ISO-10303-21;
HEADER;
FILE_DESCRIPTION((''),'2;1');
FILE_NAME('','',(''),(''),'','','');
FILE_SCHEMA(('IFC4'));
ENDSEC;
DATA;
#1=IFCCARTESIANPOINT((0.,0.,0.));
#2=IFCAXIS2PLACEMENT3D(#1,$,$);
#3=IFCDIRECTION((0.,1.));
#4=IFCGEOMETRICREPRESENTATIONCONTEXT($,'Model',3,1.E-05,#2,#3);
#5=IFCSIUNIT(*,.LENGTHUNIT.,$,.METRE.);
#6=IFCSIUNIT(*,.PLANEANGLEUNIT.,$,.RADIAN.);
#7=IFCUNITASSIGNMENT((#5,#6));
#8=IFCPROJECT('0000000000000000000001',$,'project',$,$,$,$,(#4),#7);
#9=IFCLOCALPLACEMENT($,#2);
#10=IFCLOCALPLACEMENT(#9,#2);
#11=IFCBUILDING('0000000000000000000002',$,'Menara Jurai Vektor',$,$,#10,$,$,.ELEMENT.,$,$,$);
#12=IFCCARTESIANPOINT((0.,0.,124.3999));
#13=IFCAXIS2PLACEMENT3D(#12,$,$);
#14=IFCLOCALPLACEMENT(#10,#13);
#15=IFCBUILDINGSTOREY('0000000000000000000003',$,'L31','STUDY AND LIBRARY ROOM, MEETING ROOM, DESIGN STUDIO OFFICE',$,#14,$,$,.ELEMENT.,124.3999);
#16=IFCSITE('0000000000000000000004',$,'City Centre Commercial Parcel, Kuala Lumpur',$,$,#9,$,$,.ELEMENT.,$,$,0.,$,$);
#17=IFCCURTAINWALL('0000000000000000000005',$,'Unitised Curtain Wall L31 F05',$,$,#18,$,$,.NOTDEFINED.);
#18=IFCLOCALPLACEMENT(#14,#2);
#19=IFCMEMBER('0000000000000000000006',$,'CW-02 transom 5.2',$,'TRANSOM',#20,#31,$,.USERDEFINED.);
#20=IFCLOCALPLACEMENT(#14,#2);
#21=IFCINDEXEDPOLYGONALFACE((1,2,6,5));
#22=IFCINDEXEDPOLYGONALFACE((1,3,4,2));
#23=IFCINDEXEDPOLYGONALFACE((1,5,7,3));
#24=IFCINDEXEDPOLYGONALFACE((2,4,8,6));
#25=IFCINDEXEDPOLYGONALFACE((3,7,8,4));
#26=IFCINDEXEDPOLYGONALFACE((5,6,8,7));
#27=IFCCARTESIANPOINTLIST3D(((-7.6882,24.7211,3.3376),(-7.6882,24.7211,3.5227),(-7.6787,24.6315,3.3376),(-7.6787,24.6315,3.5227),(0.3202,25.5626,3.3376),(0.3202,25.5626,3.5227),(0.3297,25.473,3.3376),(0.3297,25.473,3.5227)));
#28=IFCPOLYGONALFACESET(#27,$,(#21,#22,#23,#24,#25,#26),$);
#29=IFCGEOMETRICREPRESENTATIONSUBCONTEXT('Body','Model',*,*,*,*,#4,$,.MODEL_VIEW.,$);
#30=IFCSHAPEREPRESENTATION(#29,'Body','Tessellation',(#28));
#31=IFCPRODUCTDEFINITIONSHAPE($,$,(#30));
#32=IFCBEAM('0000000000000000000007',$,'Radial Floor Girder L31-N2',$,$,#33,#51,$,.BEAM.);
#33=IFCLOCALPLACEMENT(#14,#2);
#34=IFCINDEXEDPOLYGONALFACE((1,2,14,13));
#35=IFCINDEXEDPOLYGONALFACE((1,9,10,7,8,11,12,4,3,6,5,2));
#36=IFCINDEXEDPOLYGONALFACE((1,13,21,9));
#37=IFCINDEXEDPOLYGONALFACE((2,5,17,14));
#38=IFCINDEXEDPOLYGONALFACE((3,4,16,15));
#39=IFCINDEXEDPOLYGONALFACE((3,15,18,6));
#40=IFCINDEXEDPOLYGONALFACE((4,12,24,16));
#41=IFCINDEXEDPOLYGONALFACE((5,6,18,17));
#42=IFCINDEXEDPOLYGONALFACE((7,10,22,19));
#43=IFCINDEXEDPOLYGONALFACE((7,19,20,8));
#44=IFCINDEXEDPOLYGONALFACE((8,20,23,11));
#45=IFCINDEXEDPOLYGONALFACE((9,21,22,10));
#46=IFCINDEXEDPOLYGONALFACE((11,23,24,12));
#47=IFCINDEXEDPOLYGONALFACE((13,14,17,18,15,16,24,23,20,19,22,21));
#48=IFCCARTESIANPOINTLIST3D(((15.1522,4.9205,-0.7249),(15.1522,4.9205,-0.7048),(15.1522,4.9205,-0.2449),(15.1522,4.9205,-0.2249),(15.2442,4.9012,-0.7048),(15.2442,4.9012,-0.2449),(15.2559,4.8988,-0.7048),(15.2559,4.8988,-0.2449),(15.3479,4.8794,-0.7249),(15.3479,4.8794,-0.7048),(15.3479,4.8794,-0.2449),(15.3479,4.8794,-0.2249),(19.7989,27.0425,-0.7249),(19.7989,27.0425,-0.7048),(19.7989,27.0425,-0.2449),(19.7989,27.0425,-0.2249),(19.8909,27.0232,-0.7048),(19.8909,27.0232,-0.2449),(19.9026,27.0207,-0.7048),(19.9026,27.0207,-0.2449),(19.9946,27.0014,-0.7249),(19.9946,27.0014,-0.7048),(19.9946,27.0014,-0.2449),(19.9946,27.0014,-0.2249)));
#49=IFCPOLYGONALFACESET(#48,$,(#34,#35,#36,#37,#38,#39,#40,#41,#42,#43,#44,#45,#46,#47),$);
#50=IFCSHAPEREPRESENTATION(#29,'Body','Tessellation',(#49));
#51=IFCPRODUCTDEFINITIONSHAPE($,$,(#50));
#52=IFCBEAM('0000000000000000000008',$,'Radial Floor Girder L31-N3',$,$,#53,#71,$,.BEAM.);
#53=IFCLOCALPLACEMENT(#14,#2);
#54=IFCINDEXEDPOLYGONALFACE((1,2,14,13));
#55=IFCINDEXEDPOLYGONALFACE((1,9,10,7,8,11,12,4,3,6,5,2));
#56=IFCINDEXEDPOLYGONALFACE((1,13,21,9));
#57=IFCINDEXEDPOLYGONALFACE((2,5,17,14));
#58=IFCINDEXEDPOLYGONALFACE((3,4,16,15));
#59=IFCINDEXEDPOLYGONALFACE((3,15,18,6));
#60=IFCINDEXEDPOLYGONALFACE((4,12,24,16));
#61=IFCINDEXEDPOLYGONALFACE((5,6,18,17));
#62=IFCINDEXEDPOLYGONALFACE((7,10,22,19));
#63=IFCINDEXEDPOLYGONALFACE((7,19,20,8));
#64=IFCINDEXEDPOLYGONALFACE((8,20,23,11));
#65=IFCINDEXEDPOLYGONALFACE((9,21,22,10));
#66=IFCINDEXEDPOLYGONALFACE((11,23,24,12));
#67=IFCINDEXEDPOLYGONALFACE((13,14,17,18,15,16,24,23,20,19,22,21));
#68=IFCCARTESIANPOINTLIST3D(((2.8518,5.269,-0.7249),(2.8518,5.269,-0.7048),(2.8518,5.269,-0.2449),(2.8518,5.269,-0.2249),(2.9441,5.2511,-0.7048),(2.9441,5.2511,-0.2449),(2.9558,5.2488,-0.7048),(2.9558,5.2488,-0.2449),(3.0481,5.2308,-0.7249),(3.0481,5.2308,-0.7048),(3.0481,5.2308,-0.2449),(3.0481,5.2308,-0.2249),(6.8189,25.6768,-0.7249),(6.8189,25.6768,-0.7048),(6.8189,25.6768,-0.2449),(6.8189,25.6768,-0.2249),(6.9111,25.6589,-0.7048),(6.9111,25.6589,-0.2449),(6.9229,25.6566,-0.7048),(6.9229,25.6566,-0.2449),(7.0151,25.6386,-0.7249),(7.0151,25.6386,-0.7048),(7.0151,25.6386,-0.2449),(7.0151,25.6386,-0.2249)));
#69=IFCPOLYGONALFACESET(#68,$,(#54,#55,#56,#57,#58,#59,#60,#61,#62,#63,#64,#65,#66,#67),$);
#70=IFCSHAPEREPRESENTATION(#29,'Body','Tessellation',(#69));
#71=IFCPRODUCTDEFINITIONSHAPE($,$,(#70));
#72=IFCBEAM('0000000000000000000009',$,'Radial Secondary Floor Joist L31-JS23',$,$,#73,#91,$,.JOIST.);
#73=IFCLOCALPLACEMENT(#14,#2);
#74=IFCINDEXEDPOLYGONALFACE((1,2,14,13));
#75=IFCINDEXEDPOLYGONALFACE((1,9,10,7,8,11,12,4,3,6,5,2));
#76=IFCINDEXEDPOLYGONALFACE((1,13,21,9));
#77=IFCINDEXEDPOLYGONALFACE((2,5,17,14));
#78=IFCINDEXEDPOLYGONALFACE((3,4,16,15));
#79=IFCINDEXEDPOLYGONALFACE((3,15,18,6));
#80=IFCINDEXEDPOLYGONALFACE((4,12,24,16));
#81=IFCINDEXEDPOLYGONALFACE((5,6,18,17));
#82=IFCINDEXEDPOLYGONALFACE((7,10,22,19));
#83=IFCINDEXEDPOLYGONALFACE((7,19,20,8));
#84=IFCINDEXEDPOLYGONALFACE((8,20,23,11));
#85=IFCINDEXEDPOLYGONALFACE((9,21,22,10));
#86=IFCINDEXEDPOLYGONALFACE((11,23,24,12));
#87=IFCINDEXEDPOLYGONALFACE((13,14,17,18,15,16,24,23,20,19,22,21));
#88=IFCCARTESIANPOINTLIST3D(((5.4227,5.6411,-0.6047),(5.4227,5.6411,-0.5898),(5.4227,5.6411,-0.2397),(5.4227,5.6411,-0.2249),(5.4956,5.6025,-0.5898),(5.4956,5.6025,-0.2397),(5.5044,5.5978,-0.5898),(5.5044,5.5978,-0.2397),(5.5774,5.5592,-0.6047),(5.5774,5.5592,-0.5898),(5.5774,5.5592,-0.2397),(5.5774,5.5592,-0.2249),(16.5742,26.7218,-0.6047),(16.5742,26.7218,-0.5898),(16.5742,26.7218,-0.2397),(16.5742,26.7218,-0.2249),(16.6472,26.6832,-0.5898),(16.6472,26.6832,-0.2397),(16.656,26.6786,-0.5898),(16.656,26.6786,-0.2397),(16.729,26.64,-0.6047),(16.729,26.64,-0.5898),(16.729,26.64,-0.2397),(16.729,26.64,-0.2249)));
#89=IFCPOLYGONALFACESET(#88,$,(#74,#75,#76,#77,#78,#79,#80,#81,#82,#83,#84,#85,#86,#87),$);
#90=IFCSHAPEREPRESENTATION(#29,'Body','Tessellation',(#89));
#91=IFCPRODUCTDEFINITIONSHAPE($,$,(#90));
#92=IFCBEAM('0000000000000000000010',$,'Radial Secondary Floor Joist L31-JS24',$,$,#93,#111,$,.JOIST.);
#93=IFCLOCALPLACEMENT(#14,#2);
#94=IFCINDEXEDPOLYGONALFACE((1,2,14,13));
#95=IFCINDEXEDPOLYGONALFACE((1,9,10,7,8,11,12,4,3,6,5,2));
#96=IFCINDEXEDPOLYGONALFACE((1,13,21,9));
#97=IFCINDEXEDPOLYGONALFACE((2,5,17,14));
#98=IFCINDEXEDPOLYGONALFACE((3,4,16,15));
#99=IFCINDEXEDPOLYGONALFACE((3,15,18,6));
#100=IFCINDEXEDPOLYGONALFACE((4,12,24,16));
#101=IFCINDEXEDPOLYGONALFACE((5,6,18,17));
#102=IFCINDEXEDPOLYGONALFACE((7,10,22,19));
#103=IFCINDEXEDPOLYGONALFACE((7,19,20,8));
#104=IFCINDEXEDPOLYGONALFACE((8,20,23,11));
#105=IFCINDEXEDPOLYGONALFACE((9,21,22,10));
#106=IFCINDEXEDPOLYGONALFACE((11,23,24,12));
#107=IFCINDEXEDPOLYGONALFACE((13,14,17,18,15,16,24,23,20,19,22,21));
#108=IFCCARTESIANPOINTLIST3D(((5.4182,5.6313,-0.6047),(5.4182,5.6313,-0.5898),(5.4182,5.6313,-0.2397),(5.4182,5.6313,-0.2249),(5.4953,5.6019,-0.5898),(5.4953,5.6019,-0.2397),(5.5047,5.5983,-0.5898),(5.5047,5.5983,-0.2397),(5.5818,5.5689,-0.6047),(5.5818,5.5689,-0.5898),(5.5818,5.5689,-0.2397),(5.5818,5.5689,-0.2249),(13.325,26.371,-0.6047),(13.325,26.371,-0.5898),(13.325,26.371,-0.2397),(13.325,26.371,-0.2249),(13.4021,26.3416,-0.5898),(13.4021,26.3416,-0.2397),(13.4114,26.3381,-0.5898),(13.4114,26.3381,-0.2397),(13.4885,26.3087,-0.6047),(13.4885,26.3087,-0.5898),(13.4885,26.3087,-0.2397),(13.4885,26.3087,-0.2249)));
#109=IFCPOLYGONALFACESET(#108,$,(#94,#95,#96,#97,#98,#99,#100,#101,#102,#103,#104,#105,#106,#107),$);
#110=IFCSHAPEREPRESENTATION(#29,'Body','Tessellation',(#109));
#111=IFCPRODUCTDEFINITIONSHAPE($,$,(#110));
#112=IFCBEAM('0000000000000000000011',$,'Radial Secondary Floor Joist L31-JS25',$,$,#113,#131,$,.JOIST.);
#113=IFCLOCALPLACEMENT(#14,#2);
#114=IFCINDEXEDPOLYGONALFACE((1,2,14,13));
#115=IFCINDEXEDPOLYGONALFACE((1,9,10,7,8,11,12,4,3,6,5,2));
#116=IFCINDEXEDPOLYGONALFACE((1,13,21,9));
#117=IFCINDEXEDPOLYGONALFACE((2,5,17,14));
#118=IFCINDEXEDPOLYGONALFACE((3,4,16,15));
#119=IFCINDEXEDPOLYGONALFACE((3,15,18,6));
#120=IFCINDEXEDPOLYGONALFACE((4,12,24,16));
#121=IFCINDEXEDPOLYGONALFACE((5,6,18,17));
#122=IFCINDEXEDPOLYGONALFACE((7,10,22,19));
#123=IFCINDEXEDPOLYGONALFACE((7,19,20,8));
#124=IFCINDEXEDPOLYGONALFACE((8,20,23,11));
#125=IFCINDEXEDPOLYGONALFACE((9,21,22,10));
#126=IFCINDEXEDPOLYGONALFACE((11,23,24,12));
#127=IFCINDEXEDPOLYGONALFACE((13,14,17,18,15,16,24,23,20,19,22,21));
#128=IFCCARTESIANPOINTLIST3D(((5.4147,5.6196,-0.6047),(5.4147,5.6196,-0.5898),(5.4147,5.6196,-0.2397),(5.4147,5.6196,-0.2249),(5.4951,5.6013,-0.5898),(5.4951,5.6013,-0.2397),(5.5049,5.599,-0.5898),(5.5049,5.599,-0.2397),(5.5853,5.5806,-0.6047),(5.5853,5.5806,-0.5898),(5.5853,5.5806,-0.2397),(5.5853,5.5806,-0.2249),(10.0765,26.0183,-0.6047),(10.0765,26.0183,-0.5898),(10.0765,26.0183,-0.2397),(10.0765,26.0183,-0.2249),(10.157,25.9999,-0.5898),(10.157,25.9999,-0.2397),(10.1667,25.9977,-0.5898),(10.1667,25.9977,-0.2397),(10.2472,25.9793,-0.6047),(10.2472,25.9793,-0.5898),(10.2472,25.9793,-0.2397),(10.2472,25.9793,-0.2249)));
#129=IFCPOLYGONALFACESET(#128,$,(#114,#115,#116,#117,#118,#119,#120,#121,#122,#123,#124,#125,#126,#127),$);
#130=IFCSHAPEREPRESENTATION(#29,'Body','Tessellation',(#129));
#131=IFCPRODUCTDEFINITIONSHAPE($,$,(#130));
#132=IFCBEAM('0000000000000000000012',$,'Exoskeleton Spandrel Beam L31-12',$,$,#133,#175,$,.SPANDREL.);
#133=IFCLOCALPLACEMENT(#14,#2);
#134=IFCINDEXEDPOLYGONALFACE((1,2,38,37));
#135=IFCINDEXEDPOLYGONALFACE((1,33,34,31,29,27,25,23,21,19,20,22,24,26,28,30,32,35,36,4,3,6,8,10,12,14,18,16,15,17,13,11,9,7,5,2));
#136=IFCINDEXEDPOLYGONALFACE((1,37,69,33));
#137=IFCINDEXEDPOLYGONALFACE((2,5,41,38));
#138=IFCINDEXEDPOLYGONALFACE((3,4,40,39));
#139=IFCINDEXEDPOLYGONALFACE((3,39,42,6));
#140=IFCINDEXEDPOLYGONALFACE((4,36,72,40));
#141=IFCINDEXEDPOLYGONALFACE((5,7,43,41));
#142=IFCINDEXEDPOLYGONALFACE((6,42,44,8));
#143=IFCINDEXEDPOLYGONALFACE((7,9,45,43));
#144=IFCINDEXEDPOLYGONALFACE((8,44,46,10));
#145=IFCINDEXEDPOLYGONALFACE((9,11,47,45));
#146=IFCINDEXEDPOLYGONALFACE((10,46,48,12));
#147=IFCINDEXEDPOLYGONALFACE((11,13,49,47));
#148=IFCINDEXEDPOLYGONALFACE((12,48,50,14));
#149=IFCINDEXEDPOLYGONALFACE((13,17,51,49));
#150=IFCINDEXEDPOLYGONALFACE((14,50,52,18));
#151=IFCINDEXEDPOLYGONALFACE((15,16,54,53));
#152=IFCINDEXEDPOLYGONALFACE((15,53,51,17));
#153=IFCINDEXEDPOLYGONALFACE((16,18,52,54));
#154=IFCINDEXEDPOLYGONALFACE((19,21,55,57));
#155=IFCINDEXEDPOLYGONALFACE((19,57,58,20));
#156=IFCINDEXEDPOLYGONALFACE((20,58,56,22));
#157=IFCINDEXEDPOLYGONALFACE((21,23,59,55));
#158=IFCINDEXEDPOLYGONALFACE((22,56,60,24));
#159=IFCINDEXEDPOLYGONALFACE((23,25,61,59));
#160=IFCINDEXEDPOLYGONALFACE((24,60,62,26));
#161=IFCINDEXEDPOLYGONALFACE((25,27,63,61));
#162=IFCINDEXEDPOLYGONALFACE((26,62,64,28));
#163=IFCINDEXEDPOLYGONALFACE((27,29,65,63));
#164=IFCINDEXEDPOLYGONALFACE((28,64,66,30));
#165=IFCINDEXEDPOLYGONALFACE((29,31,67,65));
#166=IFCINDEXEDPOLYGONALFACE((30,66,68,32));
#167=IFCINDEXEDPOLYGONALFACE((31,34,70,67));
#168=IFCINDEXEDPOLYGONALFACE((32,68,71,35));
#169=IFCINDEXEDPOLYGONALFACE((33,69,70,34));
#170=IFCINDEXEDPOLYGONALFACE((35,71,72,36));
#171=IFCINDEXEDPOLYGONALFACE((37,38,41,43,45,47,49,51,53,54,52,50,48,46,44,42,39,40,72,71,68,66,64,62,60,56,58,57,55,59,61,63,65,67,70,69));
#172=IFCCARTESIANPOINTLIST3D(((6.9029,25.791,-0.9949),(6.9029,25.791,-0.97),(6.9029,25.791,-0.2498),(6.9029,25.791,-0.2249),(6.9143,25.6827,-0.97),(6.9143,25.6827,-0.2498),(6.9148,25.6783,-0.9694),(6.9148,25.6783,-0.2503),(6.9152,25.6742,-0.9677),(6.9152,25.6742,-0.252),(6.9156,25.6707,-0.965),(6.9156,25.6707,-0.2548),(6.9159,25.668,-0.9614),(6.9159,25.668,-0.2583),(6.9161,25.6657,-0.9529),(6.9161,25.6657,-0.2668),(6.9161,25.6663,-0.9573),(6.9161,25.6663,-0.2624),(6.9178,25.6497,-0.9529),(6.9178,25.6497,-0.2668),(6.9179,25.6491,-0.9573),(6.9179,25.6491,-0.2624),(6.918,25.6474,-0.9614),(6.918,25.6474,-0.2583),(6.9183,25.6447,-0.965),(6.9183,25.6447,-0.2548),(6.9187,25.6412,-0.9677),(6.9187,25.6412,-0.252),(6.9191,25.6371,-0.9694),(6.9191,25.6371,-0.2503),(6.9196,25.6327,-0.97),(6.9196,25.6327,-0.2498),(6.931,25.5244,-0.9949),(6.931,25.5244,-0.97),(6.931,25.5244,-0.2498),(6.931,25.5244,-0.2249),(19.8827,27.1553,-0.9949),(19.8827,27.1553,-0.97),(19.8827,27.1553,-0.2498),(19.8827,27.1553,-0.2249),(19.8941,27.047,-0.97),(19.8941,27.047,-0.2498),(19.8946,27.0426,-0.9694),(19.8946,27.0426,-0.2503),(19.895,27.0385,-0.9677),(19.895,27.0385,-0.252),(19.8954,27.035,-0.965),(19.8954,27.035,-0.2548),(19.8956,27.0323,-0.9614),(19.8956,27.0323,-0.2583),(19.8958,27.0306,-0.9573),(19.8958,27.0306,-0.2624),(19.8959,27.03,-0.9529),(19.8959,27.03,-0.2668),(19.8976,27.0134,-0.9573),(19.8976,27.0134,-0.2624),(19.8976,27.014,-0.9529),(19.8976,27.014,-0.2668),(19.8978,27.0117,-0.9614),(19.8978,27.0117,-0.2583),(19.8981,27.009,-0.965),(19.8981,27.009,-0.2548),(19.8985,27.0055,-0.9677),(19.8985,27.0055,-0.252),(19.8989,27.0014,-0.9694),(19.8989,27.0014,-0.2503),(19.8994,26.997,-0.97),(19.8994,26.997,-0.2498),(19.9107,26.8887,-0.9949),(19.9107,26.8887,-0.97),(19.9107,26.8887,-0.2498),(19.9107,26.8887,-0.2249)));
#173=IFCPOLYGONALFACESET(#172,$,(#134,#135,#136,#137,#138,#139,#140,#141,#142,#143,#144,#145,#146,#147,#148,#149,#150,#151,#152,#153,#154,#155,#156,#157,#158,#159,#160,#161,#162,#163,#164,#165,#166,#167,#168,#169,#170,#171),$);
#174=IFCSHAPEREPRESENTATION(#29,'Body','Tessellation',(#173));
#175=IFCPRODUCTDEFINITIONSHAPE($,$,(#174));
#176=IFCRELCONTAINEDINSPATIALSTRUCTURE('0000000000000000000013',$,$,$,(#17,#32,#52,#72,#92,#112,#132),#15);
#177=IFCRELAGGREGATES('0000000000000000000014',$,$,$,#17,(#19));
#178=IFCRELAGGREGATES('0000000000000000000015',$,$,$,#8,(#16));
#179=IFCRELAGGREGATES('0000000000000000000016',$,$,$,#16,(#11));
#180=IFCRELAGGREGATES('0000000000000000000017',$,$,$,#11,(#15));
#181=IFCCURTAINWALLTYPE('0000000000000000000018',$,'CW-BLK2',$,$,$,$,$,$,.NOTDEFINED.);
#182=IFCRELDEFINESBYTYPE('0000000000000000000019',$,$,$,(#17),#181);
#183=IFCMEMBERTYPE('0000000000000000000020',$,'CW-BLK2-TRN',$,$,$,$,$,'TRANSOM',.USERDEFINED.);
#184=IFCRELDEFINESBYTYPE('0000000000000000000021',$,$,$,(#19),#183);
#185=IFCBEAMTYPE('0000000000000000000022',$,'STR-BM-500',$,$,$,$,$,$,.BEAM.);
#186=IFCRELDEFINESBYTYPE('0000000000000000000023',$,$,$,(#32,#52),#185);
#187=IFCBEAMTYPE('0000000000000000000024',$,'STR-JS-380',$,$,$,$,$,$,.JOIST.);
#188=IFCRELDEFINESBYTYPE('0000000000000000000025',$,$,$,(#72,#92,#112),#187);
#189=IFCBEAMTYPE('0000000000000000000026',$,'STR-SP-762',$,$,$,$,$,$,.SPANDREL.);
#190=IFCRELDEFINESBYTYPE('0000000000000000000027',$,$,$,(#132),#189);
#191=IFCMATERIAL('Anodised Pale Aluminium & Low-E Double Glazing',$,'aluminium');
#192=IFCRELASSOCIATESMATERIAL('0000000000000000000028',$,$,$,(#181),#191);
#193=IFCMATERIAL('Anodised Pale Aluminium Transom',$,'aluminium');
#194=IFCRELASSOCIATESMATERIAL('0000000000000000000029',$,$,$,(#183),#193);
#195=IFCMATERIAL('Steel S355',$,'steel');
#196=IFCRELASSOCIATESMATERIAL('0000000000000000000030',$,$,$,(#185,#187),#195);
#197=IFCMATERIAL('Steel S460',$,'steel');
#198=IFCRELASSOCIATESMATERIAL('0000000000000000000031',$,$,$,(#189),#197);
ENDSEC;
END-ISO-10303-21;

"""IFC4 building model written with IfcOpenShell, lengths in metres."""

from ifc_helpers import new_model, si_unit, direction, frame, origin, origin_2d, place, context, subcontext, project, spatial, rectangle, i_section, extrude, material, material_profile, profile_set, type_object, element, aggregate, save


model = new_model("IFC4")

# Units and contexts
model_context = context("Model", 3, precision=1e-05, world=origin(), true_north=direction((0.0, 1.0)))
body_context = subcontext(model_context, "Body", "Model", "MODEL_VIEW")
ifc_project = project(units=[si_unit("LENGTHUNIT", "METRE"), si_unit("PLANEANGLEUNIT", "RADIAN")], contexts=[model_context])

# Site, building, storey
site_placement = place(None, origin())
site = spatial("IfcSite", under=ifc_project, at=site_placement, Name="City Centre Commercial Parcel, Kuala Lumpur", CompositionType="ELEMENT", RefElevation=0.0)
building_placement = place(site_placement, origin())
building = spatial("IfcBuilding", under=site, at=building_placement, Name="Menara Jurai Vektor", CompositionType="ELEMENT")
storey_placement = place(building_placement, frame((0.0, 0.0, 124.3999)))
storey = spatial("IfcBuildingStorey", under=building, at=storey_placement, Name="L31", Description="STUDY AND LIBRARY ROOM, MEETING ROOM, DESIGN STUDIO OFFICE", CompositionType="ELEMENT", Elevation=124.3999)

# Shared definitions
ifc_material_1 = material(Name="Steel S460", Category="steel")

# Curtain wall, member
ifc_material_2 = material(Name="Anodised Pale Aluminium & Low-E Double Glazing", Category="aluminium")
curtain_wall_type = type_object("IfcCurtainWallType", Name="CW-BLK2", PredefinedType="NOTDEFINED", material=ifc_material_2)
curtain_wall_placement = place(storey_placement, origin())
curtain_wall = element("IfcCurtainWall", 1, at=curtain_wall_placement, inside=storey, type_object=curtain_wall_type, Name="Unitised Curtain Wall L31 F05", PredefinedType="NOTDEFINED")
ifc_material_3 = material(Name="Anodised Pale Aluminium Transom", Category="aluminium")
ifc_material_profile_1 = material_profile(ifc_material_3, rectangle(XDim=0.0901, YDim=0.1851, at=origin_2d()), Name="ALU TRN 90x185")
ifc_profile_set_1 = profile_set([ifc_material_profile_1], Name="Anodised Pale Aluminium Transom")
member_type_1 = type_object("IfcMemberType", Name="CW-BLK2-TRN", ElementType="TRANSOM", PredefinedType="USERDEFINED", material=ifc_profile_set_1)
member_1_placement = place(storey_placement, frame((0.325, 25.5178, 3.4302), z_axis=(-0.994524, -0.10451, 0.0), x_axis=(0.10451, -0.994524, 0.0)))
member_1 = element("IfcMember", 2, at=member_1_placement, type_object=member_type_1, Name="CW-02 transom 5.2", ObjectType="TRANSOM", PredefinedType="USERDEFINED", context=body_context, shape_type="SweptSolid", body=[
    extrude(rectangle(XDim=0.0901, YDim=0.1851, at=origin_2d()), origin(), (0.0, 0.0, 1.0), 8.0525),
])

# Beams
ifc_material_4 = material(Name="Steel S355", Category="steel")
ifc_material_profile_2 = material_profile(ifc_material_4, i_section(OverallWidth=0.2, OverallDepth=0.5, WebThickness=0.012, FlangeThickness=0.02, at=origin_2d()), Name="PG 500x200x96")
ifc_profile_set_2 = profile_set([ifc_material_profile_2], Name="Steel S355")
beam_type_1 = type_object("IfcBeamType", Name="STR-BM-500", PredefinedType="BEAM", material=ifc_profile_set_2)
beam_1_placement = place(storey_placement, frame((19.8967, 27.022, -0.4749), z_axis=(-0.205564, -0.978644, 0.0), x_axis=(0.978644, -0.205564, 0.0)))
element("IfcBeam", 3, at=beam_1_placement, inside=storey, type_object=beam_type_1, Name="Radial Floor Girder L31-N2", PredefinedType="BEAM", context=body_context, shape_type="SweptSolid", body=[
    extrude(i_section(OverallWidth=0.2, OverallDepth=0.5, WebThickness=0.012, FlangeThickness=0.02, at=origin_2d()), origin(), (0.0, 0.0, 1.0), 22.6047),
])
beam_2_placement = place(storey_placement, frame((6.917, 25.6577, -0.4749), z_axis=(-0.190817, -0.981626, 0.0), x_axis=(0.981626, -0.190817, 0.0)))
element("IfcBeam", 4, at=beam_2_placement, inside=storey, type_object=beam_type_1, Name="Radial Floor Girder L31-N3", PredefinedType="BEAM", context=body_context, shape_type="SweptSolid", body=[
    extrude(i_section(OverallWidth=0.2, OverallDepth=0.5, WebThickness=0.012, FlangeThickness=0.02, at=origin_2d()), origin(), (0.0, 0.0, 1.0), 20.7898),
])
ifc_material_profile_3 = material_profile(ifc_material_4, i_section(OverallWidth=0.175, OverallDepth=0.3799, WebThickness=0.01, FlangeThickness=0.0149, at=origin_2d()), Name="PG 380x175x58")
ifc_profile_set_3 = profile_set([ifc_material_profile_3], Name="Steel S355")
beam_type_2 = type_object("IfcBeamType", Name="STR-JS-380", PredefinedType="JOIST", material=ifc_profile_set_3)
beam_3_placement = place(storey_placement, frame((16.6516, 26.6809, -0.4148), z_axis=(-0.467599, -0.883941, 0.0), x_axis=(0.883941, -0.467599, 0.0)))
element("IfcBeam", 5, at=beam_3_placement, inside=storey, type_object=beam_type_2, Name="Radial Secondary Floor Joist L31-JS23", PredefinedType="JOIST", context=body_context, shape_type="SweptSolid", body=[
    extrude(i_section(OverallWidth=0.175, OverallDepth=0.3799, WebThickness=0.01, FlangeThickness=0.0149, at=origin_2d()), origin(), (0.0, 0.0, 1.0), 23.8486),
])
beam_4_placement = place(storey_placement, frame((13.4067, 26.3398, -0.4148), z_axis=(-0.356227, -0.9344, 0.0), x_axis=(0.9344, -0.356227, 0.0)))
element("IfcBeam", 6, at=beam_4_placement, inside=storey, type_object=beam_type_2, Name="Radial Secondary Floor Joist L31-JS24", PredefinedType="JOIST", context=body_context, shape_type="SweptSolid", body=[
    extrude(i_section(OverallWidth=0.175, OverallDepth=0.3799, WebThickness=0.01, FlangeThickness=0.0149, at=origin_2d()), origin(), (0.0, 0.0, 1.0), 22.1958),
])
beam_5_placement = place(storey_placement, frame((10.1619, 25.9988, -0.4148), z_axis=(-0.222793, -0.974866, 0.0), x_axis=(0.974866, -0.222793, 0.0)))
element("IfcBeam", 7, at=beam_5_placement, inside=storey, type_object=beam_type_2, Name="Radial Secondary Floor Joist L31-JS25", PredefinedType="JOIST", context=body_context, shape_type="SweptSolid", body=[
    extrude(i_section(OverallWidth=0.175, OverallDepth=0.3799, WebThickness=0.01, FlangeThickness=0.0149, at=origin_2d()), origin(), (0.0, 0.0, 1.0), 20.9246),
])
ifc_material_profile_4 = material_profile(ifc_material_1, i_section(OverallWidth=0.2681, OverallDepth=0.77, WebThickness=0.0161, FlangeThickness=0.0249, FilletRadius=0.0171, at=origin_2d()), Name="UKB 762x267x197")
ifc_profile_set_4 = profile_set([ifc_material_profile_4], Name="Steel S460")
beam_type_3 = type_object("IfcBeamType", Name="STR-SP-762", PredefinedType="SPANDREL", material=ifc_profile_set_4)
beam_6_placement = place(storey_placement, frame((19.8967, 27.022, -0.6099), z_axis=(-0.994522, -0.104531, 0.0), x_axis=(0.104531, -0.994522, 0.0)))
element("IfcBeam", 8, at=beam_6_placement, inside=storey, type_object=beam_type_3, Name="Exoskeleton Spandrel Beam L31-12", PredefinedType="SPANDREL", context=body_context, shape_type="SweptSolid", body=[
    extrude(i_section(OverallWidth=0.2681, OverallDepth=0.77, WebThickness=0.0161, FlangeThickness=0.0249, FilletRadius=0.0171, at=origin_2d()), origin(), (0.0, 0.0, 1.0), 13.0513),
])

aggregate(curtain_wall, [member_1])

save(model, "model.ifc")
